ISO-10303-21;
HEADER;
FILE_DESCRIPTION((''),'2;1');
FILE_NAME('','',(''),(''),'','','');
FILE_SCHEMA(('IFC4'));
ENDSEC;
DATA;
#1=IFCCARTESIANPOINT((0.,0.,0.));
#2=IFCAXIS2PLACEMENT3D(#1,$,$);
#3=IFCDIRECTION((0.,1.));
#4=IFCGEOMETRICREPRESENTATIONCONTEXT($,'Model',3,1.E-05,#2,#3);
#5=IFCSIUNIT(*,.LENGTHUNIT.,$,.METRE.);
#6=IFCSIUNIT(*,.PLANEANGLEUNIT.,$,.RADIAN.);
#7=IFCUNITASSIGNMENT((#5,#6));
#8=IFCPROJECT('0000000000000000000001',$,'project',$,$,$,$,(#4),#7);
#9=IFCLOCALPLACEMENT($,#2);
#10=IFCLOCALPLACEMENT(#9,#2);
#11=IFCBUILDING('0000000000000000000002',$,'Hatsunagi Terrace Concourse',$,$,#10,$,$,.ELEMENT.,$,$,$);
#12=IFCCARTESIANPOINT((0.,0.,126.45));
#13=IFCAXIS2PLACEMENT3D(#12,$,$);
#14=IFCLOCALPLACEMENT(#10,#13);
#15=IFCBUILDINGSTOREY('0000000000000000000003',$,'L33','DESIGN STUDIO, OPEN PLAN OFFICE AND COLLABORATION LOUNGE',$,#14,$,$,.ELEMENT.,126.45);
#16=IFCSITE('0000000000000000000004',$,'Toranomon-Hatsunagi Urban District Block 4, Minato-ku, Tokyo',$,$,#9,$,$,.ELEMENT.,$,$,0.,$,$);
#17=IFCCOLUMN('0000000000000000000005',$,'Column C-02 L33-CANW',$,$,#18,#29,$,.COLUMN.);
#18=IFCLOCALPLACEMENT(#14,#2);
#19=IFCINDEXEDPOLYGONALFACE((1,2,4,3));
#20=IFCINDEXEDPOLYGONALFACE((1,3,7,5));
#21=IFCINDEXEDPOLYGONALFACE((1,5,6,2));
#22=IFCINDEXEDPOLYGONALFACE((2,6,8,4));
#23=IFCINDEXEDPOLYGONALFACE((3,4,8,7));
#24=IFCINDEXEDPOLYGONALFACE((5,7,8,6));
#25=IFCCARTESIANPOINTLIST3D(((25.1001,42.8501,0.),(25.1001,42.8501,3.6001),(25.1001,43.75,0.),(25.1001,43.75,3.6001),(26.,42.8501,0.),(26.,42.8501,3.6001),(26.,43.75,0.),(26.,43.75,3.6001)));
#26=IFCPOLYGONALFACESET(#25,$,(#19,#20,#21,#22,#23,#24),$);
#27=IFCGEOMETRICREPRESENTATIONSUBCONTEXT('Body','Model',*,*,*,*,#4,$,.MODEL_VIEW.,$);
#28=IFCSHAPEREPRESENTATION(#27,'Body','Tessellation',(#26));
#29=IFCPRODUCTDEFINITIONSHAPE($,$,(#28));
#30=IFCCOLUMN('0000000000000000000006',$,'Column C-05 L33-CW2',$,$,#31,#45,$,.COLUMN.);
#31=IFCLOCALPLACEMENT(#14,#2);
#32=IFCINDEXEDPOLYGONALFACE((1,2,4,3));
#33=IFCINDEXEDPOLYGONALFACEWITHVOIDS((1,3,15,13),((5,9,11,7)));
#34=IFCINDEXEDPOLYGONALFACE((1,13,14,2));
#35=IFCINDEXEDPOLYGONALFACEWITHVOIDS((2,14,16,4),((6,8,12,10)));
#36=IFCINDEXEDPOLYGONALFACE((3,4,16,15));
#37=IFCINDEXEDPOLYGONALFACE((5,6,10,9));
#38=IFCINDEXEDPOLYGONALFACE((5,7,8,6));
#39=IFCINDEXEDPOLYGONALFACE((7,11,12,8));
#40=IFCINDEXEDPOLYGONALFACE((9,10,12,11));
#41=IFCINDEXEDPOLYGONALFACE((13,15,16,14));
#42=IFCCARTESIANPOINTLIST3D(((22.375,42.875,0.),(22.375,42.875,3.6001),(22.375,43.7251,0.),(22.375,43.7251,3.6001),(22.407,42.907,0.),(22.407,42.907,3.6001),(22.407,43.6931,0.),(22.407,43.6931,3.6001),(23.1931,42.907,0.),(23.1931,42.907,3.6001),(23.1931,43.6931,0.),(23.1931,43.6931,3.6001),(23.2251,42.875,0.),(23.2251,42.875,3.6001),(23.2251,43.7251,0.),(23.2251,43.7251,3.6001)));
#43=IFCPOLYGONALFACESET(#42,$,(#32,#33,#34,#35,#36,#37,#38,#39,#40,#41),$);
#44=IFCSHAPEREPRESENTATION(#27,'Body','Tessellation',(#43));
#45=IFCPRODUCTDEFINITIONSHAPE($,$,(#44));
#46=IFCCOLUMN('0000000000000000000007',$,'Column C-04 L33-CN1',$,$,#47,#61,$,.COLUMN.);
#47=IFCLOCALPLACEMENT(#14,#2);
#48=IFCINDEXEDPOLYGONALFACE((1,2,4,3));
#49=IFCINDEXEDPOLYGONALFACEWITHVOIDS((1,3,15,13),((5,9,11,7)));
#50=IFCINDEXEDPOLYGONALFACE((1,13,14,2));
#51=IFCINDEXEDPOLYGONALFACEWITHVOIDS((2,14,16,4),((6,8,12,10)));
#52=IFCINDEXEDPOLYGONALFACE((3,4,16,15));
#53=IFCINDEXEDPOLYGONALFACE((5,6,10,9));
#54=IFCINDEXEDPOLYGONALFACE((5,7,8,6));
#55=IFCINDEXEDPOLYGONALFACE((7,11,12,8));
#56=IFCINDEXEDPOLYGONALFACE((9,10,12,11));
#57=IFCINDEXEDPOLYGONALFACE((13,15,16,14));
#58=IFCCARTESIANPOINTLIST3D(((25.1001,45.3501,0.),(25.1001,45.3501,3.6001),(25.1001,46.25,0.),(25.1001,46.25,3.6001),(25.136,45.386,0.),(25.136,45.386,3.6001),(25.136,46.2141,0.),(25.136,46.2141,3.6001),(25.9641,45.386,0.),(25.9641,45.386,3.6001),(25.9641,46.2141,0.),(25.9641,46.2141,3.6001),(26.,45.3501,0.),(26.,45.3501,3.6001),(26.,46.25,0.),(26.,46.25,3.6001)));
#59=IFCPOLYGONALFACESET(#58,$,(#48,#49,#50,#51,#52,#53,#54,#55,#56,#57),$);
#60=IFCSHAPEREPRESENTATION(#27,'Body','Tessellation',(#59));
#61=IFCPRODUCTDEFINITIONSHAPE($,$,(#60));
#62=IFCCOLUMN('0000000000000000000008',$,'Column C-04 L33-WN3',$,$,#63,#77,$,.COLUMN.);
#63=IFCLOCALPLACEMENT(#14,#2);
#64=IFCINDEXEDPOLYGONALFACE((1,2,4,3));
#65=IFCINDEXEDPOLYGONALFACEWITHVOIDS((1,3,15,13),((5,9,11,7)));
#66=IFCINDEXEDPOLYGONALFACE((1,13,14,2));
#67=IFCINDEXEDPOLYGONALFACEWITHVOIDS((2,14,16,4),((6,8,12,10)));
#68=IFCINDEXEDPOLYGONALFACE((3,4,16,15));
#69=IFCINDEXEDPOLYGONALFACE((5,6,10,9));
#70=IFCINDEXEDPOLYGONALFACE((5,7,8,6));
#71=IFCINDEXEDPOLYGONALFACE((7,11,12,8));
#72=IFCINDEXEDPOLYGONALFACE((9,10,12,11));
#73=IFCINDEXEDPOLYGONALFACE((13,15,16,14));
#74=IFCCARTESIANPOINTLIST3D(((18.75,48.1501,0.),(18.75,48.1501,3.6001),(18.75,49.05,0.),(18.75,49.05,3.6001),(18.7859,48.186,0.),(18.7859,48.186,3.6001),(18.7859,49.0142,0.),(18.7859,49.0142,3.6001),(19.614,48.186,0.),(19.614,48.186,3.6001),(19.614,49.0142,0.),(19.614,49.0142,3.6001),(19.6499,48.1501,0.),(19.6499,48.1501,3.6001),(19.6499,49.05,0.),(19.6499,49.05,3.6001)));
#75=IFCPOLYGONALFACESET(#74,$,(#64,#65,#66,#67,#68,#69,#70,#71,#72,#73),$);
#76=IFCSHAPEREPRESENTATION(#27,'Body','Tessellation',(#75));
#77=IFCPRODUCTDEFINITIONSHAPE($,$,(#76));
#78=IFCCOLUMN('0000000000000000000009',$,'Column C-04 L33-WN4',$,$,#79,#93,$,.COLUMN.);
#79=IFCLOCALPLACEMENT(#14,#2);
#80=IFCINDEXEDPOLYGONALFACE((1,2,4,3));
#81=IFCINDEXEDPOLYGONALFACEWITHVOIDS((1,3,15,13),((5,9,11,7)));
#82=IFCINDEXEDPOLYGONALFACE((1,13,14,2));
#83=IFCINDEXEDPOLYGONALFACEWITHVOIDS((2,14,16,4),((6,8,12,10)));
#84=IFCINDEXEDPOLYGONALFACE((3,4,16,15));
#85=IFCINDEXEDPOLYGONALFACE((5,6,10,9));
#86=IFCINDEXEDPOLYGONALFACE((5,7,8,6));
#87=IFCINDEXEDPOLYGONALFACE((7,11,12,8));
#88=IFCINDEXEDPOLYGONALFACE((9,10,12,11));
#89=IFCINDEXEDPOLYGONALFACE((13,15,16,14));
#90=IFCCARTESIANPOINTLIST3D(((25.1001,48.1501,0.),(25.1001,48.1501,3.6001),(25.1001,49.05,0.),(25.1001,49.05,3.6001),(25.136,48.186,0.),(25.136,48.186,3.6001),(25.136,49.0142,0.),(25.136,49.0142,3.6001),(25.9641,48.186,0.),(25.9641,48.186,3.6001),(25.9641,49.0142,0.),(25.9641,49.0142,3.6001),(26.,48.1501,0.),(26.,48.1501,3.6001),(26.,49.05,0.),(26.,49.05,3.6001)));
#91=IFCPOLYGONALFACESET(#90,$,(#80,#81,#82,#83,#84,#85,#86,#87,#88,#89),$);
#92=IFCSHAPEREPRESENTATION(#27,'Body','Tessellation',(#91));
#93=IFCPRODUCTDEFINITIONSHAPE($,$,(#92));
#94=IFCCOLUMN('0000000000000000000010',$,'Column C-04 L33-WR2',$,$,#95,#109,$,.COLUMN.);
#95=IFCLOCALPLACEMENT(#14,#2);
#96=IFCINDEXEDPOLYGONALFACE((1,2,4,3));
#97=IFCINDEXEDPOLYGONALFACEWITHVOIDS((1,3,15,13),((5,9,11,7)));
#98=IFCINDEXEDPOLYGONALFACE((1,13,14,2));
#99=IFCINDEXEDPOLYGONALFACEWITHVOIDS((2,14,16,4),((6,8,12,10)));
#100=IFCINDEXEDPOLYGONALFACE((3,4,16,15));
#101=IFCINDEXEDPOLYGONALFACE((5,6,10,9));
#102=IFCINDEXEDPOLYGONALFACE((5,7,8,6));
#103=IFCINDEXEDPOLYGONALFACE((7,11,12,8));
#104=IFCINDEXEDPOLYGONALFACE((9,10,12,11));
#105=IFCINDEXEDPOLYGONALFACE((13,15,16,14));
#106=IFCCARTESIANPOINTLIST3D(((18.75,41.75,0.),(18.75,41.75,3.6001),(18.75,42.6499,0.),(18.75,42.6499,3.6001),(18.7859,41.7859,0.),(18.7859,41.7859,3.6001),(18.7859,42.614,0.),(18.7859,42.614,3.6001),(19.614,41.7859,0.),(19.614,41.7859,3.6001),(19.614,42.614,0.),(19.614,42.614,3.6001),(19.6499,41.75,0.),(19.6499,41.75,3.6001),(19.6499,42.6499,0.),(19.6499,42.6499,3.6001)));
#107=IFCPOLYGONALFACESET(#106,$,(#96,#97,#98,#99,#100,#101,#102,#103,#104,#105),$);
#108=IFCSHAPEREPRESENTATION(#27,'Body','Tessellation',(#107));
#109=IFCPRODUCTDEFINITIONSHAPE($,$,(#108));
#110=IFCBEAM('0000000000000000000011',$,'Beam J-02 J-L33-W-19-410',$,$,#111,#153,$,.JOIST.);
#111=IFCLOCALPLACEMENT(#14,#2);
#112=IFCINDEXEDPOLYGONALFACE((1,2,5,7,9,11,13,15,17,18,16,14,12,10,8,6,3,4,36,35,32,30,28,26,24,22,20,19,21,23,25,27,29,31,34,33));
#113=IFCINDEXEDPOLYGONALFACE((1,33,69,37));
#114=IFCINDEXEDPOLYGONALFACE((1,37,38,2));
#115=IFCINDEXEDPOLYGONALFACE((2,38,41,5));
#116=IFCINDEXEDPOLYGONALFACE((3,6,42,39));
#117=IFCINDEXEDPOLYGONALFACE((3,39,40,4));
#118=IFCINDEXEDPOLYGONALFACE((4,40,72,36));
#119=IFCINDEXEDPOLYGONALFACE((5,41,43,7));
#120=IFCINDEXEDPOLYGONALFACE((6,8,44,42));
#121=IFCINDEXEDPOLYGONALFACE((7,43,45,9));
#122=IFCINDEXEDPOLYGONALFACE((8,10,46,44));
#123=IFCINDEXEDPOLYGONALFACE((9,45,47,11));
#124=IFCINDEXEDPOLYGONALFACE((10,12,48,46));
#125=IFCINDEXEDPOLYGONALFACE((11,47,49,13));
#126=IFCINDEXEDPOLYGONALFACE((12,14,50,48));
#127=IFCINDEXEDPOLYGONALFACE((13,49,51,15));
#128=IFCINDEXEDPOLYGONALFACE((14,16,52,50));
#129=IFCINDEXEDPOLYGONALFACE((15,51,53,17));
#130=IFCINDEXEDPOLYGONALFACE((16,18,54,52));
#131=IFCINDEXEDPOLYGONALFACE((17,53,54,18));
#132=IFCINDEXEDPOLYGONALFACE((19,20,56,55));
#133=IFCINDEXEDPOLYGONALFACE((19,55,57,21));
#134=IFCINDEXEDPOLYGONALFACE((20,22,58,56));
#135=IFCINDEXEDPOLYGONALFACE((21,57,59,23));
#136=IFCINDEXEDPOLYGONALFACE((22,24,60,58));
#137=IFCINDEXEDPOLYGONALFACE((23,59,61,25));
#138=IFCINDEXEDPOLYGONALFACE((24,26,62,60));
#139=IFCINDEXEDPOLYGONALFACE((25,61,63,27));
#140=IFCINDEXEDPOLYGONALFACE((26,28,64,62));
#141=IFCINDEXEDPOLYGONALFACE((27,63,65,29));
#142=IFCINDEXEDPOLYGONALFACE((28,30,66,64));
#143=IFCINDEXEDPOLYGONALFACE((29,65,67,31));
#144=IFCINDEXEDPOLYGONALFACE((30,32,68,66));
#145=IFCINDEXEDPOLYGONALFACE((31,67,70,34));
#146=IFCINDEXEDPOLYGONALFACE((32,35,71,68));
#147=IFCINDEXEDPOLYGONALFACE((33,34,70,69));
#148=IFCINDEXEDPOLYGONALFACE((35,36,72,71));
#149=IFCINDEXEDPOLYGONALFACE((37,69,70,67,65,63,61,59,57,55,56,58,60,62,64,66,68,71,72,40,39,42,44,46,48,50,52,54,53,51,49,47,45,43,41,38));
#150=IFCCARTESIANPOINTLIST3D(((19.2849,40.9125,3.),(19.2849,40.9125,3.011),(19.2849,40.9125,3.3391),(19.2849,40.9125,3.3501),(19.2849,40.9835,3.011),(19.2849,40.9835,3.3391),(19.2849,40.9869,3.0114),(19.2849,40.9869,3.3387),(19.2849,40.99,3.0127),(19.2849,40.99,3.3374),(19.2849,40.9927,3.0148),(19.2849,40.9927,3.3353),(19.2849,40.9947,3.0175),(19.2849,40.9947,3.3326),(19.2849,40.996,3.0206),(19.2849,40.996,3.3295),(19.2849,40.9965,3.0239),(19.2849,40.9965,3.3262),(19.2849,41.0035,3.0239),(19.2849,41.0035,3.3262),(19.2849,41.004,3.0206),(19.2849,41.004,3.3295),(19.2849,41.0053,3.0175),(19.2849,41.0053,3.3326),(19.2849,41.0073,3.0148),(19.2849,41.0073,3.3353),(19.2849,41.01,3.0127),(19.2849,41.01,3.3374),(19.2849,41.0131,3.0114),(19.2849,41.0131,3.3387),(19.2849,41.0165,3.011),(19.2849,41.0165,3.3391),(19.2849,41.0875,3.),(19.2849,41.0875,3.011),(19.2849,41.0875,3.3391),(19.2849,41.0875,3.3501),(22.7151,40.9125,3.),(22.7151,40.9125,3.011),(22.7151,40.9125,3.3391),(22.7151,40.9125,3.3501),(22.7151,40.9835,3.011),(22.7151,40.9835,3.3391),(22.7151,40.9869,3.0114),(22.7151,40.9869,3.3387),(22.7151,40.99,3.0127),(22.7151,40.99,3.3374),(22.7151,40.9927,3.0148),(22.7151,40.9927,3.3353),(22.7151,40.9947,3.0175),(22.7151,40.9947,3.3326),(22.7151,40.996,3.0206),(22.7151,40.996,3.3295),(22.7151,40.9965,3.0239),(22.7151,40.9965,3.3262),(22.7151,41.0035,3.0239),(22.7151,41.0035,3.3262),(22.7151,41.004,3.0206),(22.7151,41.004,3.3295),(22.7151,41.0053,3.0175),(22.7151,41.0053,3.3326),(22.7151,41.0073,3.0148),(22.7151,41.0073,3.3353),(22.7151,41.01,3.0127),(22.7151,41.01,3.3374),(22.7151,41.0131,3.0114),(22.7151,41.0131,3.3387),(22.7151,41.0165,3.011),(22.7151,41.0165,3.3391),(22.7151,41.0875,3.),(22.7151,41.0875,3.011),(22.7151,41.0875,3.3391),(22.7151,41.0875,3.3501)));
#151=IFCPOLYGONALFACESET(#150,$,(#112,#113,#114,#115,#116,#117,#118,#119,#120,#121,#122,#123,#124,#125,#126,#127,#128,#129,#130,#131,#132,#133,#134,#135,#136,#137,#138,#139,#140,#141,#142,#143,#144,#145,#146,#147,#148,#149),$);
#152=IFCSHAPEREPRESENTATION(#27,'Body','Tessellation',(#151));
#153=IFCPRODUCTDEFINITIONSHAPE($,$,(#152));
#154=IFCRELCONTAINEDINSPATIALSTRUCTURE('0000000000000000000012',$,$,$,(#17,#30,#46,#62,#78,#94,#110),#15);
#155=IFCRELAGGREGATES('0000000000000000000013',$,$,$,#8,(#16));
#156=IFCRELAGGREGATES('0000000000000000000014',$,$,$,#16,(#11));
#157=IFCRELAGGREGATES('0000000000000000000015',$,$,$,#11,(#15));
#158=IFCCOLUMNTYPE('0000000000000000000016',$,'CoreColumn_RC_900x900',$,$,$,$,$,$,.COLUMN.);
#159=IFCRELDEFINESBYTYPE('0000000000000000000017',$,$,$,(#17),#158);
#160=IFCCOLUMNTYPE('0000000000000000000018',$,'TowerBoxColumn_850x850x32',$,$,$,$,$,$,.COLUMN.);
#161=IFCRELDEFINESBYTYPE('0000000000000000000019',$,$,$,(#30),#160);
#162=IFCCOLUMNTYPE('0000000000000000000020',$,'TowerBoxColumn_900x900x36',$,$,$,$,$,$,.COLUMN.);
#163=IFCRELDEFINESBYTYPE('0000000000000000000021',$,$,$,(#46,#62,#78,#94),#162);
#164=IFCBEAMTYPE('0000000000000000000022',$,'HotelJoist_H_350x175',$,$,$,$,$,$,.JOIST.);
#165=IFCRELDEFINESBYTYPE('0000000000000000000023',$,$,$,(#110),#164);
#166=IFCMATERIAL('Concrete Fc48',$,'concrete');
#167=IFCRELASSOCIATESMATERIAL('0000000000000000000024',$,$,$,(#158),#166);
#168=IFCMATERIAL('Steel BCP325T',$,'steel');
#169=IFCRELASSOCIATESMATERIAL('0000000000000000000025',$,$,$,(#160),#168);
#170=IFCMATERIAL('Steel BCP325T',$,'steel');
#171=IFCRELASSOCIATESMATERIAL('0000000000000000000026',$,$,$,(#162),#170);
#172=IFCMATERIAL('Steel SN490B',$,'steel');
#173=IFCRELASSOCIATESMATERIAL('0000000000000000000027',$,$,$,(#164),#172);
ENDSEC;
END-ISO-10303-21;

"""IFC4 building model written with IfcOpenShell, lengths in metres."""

from ifc_helpers import new_model, si_unit, direction, frame, origin, origin_2d, place, context, subcontext, project, spatial, rectangle, hollow_rectangle, i_section, extrude, material, material_profile, profile_set, type_object, element, save


model = new_model("IFC4")

# Units and contexts
model_context = context("Model", 3, precision=1e-05, world=origin(), true_north=direction((0.0, 1.0)))
body_context = subcontext(model_context, "Body", "Model", "MODEL_VIEW")
ifc_project = project(units=[si_unit("LENGTHUNIT", "METRE"), si_unit("PLANEANGLEUNIT", "RADIAN")], contexts=[model_context])

# Site, building, storey
site_placement = place(None, origin())
site = spatial("IfcSite", under=ifc_project, at=site_placement, Name="Toranomon-Hatsunagi Urban District Block 4, Minato-ku, Tokyo", CompositionType="ELEMENT", RefElevation=0.0)
building_placement = place(site_placement, origin())
building = spatial("IfcBuilding", under=site, at=building_placement, Name="Hatsunagi Terrace Concourse", CompositionType="ELEMENT")
storey_placement = place(building_placement, frame((0.0, 0.0, 126.45)))
storey = spatial("IfcBuildingStorey", under=building, at=storey_placement, Name="L33", Description="DESIGN STUDIO, OPEN PLAN OFFICE AND COLLABORATION LOUNGE", CompositionType="ELEMENT", Elevation=126.45)

# Columns
ifc_material_1 = material(Name="Concrete Fc48", Category="concrete")
ifc_material_profile_1 = material_profile(ifc_material_1, rectangle(XDim=0.8999, YDim=0.8999, at=origin_2d()), Name="RC-900x900")
ifc_profile_set_1 = profile_set([ifc_material_profile_1], Name="Concrete Fc48")
column_type_1 = type_object("IfcColumnType", Name="CoreColumn_RC_900x900", PredefinedType="COLUMN", material=ifc_profile_set_1)
column_1_placement = place(storey_placement, frame((25.55, 43.3, 0.0), z_axis=(0.0, 0.0, 1.0), x_axis=(1.0, 0.0, 0.0)))
element("IfcColumn", 1, at=column_1_placement, inside=storey, type_object=column_type_1, Name="Column C-02 L33-CANW", PredefinedType="COLUMN", context=body_context, shape_type="SweptSolid", body=[
    extrude(rectangle(XDim=0.8999, YDim=0.8999, at=origin_2d()), origin(), (0.0, 0.0, 1.0), 3.6001),
])
ifc_material_2 = material(Name="Steel BCP325T", Category="steel")
ifc_material_profile_2 = material_profile(ifc_material_2, hollow_rectangle(XDim=0.8501, YDim=0.8501, WallThickness=0.032, at=origin_2d()), Name="BCP-850x850x32")
ifc_profile_set_2 = profile_set([ifc_material_profile_2], Name="Steel BCP325T")
column_type_2 = type_object("IfcColumnType", Name="TowerBoxColumn_850x850x32", PredefinedType="COLUMN", material=ifc_profile_set_2)
column_2_placement = place(storey_placement, frame((22.8, 43.3, 0.0), z_axis=(0.0, 0.0, 1.0), x_axis=(1.0, 0.0, 0.0)))
element("IfcColumn", 2, at=column_2_placement, inside=storey, type_object=column_type_2, Name="Column C-05 L33-CW2", PredefinedType="COLUMN", context=body_context, shape_type="SweptSolid", body=[
    extrude(hollow_rectangle(XDim=0.8501, YDim=0.8501, WallThickness=0.032, at=origin_2d()), origin(), (0.0, 0.0, 1.0), 3.6001),
])
ifc_material_3 = material(Name="Steel BCP325T", Category="steel")
ifc_material_profile_3 = material_profile(ifc_material_3, hollow_rectangle(XDim=0.8999, YDim=0.8999, WallThickness=0.0359, at=origin_2d()), Name="BCP-900x900x36")
ifc_profile_set_3 = profile_set([ifc_material_profile_3], Name="Steel BCP325T")
column_type_3 = type_object("IfcColumnType", Name="TowerBoxColumn_900x900x36", PredefinedType="COLUMN", material=ifc_profile_set_3)
for number, where, z_axis, x_axis, name in (
    (3, (25.55, 45.8, 0.0), (0.0, 0.0, 1.0), (1.0, 0.0, 0.0), "Column C-04 L33-CN1"),
    (4, (19.2, 48.6001, 0.0), (0.0, 0.0, 1.0), (1.0, 0.0, 0.0), "Column C-04 L33-WN3"),
    (5, (25.55, 48.6001, 0.0), (0.0, 0.0, 1.0), (1.0, 0.0, 0.0), "Column C-04 L33-WN4"),
    (6, (19.2, 42.2, 0.0), (0.0, 0.0, 1.0), (1.0, 0.0, 0.0), "Column C-04 L33-WR2"),
):
    element("IfcColumn", number, at=place(storey_placement, frame(where, z_axis=z_axis, x_axis=x_axis)), inside=storey, type_object=column_type_3, Name=name, PredefinedType="COLUMN", context=body_context, shape_type="SweptSolid", body=[
        extrude(hollow_rectangle(XDim=0.8999, YDim=0.8999, WallThickness=0.0359, at=origin_2d()), origin(), (0.0, 0.0, 1.0), 3.6001),
    ])

# Beam
ifc_material_4 = material(Name="Steel SN490B", Category="steel")
ifc_material_profile_4 = material_profile(ifc_material_4, i_section(OverallWidth=0.175, OverallDepth=0.3501, WebThickness=0.0071, FlangeThickness=0.011, FilletRadius=0.0129, at=origin_2d()), Name="H-350x175x7x11")
ifc_profile_set_4 = profile_set([ifc_material_profile_4], Name="Steel SN490B")
beam_type_1 = type_object("IfcBeamType", Name="HotelJoist_H_350x175", PredefinedType="JOIST", material=ifc_profile_set_4)
beam_1_placement = place(storey_placement, frame((19.2849, 41.0, 3.175), z_axis=(1.0, 0.0, 0.0), x_axis=(0.0, 1.0, 0.0)))
element("IfcBeam", 7, at=beam_1_placement, inside=storey, type_object=beam_type_1, Name="Beam J-02 J-L33-W-19-410", PredefinedType="JOIST", context=body_context, shape_type="SweptSolid", body=[
    extrude(i_section(OverallWidth=0.175, OverallDepth=0.3501, WebThickness=0.0071, FlangeThickness=0.011, FilletRadius=0.0129, at=origin_2d()), origin(), (0.0, 0.0, 1.0), 3.4302),
])

save(model, "model.ifc")
